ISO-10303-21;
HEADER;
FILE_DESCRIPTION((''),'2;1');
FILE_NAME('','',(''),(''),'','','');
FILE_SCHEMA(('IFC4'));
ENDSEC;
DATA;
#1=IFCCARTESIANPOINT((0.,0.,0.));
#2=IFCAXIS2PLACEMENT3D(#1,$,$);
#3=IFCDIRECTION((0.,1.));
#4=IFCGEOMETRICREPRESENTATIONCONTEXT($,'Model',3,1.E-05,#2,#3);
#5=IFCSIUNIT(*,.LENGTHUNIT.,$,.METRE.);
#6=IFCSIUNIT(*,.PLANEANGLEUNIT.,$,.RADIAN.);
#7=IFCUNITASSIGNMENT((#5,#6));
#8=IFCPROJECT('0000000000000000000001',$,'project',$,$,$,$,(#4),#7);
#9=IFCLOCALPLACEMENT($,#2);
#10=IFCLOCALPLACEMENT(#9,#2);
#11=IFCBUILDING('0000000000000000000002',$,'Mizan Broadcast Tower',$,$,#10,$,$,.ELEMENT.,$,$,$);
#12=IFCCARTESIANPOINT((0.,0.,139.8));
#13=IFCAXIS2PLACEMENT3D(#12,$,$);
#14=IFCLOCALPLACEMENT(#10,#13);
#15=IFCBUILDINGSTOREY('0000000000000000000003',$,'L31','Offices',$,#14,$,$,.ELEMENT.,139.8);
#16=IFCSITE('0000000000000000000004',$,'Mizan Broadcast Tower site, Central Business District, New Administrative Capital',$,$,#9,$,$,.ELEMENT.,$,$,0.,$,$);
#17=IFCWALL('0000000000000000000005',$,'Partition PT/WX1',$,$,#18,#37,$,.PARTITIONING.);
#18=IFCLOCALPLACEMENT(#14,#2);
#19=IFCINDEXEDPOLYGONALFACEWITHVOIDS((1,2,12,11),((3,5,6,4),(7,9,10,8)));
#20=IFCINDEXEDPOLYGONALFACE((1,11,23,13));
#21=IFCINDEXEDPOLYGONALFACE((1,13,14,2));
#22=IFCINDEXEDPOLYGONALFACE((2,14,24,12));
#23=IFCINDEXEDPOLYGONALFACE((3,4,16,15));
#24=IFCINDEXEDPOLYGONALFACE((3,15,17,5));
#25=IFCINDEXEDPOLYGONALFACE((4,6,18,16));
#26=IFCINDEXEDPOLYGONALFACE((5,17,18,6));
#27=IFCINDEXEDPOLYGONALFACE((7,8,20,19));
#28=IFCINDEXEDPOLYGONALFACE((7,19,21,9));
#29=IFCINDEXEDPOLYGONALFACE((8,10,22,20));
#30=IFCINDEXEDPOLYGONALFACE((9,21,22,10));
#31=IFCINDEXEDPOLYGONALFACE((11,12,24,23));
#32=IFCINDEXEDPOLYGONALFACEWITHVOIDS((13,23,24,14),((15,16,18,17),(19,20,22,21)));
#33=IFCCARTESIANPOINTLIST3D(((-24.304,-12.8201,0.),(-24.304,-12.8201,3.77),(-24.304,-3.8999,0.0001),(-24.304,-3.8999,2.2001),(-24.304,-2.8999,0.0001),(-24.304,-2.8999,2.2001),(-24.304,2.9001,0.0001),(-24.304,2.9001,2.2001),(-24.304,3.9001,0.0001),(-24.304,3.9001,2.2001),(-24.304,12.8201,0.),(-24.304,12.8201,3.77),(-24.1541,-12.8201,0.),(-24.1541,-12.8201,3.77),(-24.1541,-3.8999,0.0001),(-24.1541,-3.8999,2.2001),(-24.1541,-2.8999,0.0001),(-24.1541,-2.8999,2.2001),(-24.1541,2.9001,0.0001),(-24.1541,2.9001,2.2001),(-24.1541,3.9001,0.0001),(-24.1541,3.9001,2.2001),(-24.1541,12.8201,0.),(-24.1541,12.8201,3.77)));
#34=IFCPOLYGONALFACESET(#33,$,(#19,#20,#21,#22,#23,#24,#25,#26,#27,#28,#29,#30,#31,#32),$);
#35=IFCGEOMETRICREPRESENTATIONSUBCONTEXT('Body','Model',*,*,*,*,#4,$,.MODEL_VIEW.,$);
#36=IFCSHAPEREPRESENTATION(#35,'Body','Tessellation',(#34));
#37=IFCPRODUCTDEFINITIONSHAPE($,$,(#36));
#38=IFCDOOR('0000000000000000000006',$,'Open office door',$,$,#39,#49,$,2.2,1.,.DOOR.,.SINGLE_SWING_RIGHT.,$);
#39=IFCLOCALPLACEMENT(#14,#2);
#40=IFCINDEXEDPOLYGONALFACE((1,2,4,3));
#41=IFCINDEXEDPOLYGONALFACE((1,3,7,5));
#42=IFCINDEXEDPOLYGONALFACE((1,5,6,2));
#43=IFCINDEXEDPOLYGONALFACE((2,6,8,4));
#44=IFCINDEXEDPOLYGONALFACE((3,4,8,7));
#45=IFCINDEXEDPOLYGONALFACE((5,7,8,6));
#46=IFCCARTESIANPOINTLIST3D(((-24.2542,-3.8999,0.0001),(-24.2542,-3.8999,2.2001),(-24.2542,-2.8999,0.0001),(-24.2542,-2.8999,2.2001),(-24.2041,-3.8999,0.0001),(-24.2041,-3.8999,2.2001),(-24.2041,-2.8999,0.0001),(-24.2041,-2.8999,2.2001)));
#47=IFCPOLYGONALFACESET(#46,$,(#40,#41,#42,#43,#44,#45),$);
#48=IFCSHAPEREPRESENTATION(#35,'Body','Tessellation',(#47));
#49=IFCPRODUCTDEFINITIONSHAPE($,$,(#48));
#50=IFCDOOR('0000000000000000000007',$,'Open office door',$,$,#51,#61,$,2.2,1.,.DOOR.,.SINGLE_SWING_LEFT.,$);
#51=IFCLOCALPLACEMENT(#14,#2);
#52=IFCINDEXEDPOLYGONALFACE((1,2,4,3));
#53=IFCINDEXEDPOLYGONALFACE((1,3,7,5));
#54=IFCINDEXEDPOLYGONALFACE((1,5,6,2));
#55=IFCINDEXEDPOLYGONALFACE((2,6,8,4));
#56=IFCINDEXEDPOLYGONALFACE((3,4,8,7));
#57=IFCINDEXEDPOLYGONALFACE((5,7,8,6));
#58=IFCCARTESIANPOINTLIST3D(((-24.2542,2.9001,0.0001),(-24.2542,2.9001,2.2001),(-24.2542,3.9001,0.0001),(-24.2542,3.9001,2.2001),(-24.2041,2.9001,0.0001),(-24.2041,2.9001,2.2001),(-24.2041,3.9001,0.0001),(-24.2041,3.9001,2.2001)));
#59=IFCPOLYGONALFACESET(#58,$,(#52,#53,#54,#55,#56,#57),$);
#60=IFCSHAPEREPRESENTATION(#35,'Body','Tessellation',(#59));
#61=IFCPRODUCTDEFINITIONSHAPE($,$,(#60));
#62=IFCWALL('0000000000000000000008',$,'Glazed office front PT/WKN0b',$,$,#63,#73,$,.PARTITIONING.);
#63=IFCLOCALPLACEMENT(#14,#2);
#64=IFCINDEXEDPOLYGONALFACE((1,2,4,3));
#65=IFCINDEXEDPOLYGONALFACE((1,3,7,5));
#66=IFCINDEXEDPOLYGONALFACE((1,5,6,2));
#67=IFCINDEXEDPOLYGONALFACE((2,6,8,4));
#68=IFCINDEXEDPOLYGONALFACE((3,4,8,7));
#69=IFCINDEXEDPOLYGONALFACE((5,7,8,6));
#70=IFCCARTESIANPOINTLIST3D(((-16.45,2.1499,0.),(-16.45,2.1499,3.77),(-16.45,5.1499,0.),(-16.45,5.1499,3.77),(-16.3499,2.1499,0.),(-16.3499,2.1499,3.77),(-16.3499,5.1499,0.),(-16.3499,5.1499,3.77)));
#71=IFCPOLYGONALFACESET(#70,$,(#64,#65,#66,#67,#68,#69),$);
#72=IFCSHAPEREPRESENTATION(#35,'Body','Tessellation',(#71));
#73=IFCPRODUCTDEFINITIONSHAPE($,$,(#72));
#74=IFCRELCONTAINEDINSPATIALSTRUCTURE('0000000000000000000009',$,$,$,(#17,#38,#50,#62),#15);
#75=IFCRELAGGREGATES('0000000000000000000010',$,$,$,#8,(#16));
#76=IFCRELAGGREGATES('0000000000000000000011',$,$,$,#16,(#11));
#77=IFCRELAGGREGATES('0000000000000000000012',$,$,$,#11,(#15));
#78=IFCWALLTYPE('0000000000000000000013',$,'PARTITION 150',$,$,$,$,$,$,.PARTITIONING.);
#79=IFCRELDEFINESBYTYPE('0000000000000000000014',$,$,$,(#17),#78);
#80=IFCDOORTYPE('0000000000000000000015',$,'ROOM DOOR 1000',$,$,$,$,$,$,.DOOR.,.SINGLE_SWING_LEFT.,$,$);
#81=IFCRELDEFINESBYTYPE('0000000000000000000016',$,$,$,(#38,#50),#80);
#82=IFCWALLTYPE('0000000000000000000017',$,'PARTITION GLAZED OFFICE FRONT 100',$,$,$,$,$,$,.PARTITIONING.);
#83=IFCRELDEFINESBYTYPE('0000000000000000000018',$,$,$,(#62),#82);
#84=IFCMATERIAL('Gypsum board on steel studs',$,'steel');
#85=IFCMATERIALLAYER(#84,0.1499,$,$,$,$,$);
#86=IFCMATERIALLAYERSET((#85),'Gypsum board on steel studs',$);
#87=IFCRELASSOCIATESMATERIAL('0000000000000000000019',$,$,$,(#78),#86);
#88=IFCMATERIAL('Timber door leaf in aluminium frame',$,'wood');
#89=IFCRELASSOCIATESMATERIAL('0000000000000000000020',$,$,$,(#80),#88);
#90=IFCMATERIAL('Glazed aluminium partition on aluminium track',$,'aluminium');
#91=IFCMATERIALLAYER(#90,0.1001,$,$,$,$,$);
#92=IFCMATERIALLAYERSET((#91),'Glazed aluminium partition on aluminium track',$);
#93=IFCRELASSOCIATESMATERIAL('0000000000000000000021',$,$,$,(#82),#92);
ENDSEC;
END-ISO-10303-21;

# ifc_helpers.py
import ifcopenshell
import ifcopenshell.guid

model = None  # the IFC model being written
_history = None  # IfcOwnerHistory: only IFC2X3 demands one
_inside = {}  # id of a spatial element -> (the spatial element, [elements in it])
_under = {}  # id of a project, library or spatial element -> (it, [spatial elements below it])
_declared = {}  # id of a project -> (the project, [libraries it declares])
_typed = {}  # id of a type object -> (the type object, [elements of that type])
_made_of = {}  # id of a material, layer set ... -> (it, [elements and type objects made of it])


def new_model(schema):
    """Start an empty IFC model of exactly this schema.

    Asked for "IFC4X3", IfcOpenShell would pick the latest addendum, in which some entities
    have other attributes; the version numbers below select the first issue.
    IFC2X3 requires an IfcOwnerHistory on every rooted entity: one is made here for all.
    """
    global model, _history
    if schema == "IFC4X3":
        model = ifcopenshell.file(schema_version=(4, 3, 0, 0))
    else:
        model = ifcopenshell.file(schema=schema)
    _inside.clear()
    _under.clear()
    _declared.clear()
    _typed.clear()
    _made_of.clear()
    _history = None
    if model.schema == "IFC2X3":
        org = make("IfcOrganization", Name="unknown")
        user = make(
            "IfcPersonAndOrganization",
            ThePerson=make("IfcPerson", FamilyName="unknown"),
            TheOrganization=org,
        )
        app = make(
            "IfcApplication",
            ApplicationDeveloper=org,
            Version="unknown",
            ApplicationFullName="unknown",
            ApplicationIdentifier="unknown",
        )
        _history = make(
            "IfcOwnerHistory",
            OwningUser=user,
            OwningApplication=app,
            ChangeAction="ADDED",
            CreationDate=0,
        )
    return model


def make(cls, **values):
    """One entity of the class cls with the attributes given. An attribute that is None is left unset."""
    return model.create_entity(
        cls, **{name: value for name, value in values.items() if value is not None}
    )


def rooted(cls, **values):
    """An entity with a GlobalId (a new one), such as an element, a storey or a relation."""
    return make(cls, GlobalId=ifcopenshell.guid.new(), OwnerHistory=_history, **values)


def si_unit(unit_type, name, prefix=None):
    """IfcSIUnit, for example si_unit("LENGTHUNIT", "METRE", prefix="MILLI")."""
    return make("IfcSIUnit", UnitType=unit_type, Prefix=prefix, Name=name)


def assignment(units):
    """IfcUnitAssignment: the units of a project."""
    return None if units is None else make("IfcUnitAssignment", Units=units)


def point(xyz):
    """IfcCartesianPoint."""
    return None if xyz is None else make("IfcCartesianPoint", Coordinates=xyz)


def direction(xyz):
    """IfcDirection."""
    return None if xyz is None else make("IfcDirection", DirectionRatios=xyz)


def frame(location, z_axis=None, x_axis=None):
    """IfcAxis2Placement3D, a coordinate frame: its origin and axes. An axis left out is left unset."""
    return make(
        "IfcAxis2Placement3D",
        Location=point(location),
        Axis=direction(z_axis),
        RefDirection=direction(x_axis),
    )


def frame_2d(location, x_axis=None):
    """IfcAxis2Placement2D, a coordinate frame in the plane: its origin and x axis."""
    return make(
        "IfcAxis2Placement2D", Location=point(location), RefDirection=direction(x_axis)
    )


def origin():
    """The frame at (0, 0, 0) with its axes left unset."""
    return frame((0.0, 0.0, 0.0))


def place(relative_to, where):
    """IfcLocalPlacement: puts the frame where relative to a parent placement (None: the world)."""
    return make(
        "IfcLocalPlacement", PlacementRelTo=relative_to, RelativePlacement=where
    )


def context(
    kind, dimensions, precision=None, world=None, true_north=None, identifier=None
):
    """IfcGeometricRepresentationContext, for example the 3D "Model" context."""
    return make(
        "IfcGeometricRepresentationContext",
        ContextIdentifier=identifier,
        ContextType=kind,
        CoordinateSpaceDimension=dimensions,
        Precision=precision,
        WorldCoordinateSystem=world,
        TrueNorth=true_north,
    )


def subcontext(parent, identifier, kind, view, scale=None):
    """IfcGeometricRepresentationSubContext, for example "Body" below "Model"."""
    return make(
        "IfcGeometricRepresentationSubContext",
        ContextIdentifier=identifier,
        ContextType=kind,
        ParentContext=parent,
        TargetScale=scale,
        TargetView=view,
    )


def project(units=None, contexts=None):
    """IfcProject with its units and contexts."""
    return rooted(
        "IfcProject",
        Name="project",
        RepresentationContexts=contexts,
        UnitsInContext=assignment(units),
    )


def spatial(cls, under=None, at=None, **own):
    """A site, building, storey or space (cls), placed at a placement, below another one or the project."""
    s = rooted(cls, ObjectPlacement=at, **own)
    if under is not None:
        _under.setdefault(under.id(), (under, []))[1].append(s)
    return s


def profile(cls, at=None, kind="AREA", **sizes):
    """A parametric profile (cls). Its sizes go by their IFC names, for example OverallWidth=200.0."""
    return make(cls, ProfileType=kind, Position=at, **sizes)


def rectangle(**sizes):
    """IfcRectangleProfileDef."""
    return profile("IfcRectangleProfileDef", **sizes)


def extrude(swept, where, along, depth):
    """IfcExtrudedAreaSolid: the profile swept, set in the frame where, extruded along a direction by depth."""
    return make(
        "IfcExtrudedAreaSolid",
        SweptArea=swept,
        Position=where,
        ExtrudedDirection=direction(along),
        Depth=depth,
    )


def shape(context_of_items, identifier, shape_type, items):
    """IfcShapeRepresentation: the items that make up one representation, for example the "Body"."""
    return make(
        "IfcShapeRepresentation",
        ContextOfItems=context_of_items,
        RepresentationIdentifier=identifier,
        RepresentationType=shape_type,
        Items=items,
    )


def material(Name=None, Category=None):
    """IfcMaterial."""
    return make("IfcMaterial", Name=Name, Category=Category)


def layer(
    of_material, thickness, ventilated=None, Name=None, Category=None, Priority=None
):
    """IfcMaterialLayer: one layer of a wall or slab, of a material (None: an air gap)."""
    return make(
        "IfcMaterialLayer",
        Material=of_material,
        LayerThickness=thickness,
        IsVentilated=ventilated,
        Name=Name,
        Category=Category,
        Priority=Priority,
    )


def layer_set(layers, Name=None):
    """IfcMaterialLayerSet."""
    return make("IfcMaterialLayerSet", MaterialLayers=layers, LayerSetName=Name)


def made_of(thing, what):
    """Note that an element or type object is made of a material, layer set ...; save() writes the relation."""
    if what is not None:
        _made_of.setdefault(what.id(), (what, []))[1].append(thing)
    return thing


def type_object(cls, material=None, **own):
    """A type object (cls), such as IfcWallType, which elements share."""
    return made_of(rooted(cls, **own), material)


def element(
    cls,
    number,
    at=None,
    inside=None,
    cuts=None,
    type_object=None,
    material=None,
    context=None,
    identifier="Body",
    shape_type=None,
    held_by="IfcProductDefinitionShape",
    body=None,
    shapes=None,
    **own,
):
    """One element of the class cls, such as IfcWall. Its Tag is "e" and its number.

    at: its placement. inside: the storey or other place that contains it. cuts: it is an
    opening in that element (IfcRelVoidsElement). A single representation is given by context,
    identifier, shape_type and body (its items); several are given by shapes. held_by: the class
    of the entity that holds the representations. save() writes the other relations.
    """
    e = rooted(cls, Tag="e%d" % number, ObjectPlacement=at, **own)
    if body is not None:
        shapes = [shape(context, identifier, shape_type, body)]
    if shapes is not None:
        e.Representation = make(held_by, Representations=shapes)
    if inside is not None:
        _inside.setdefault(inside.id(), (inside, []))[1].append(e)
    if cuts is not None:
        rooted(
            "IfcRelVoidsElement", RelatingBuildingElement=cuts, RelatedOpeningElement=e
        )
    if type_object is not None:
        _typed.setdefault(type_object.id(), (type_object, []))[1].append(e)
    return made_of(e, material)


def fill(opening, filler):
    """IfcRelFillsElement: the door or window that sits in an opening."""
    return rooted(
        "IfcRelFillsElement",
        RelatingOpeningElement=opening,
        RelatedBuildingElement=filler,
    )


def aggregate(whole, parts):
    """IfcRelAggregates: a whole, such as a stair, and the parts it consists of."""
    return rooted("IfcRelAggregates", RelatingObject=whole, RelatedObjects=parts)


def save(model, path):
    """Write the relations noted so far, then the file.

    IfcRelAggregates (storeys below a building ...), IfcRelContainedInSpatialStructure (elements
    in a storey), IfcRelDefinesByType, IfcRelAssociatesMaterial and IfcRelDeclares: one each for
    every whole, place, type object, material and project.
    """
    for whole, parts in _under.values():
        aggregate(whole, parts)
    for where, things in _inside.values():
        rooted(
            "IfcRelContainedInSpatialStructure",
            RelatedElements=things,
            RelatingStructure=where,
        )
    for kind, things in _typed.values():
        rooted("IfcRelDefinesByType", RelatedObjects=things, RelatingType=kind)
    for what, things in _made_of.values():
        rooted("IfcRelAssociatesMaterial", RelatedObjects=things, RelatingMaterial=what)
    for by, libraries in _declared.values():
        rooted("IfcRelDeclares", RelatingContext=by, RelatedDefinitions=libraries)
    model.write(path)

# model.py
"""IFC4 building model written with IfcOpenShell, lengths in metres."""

from ifc_helpers import new_model, si_unit, direction, frame, frame_2d, origin, place, context, subcontext, project, spatial, rectangle, extrude, material, layer, layer_set, type_object, element, fill, save


model = new_model("IFC4")

# Units and contexts
model_context = context("Model", 3, precision=1e-05, world=origin(), true_north=direction((0.0, 1.0)))
body_context = subcontext(model_context, "Body", "Model", "MODEL_VIEW")
ifc_project = project(units=[si_unit("LENGTHUNIT", "METRE"), si_unit("PLANEANGLEUNIT", "RADIAN")], contexts=[model_context])

# Site, building, storey
site_placement = place(None, origin())
site = spatial("IfcSite", under=ifc_project, at=site_placement, Name="Mizan Broadcast Tower site, Central Business District, New Administrative Capital", CompositionType="ELEMENT", RefElevation=0.0)
building_placement = place(site_placement, origin())
building = spatial("IfcBuilding", under=site, at=building_placement, Name="Mizan Broadcast Tower", CompositionType="ELEMENT")
storey_placement = place(building_placement, frame((0.0, 0.0, 139.8)))
storey = spatial("IfcBuildingStorey", under=building, at=storey_placement, Name="L31", Description="Offices", CompositionType="ELEMENT", Elevation=139.8)

# Wall, openings, doors
ifc_material_1 = material(Name="Gypsum board on steel studs", Category="steel")
ifc_layer_1 = layer(ifc_material_1, 0.1499)
ifc_layer_set_1 = layer_set([ifc_layer_1], Name="Gypsum board on steel studs")
wall_type_1 = type_object("IfcWallType", Name="PARTITION 150", PredefinedType="PARTITIONING", material=ifc_layer_set_1)
wall_1_placement = place(storey_placement, frame((-24.229, 12.8201, 0.0), z_axis=(0.0, 0.0, 1.0), x_axis=(0.0, -1.0, 0.0)))
wall_1 = element("IfcWall", 1, at=wall_1_placement, inside=storey, type_object=wall_type_1, Name="Partition PT/WX1", PredefinedType="PARTITIONING", context=body_context, shape_type="SweptSolid", body=[
    extrude(rectangle(XDim=25.6401, YDim=0.1499, at=frame_2d((12.8201, 0.0))), origin(), (0.0, 0.0, 1.0), 3.77),
])
opening_1_placement = place(wall_1_placement, frame((15.72, 0.0, 0.0)))
opening_1 = element("IfcOpeningElement", 2, at=opening_1_placement, cuts=wall_1, PredefinedType="OPENING", context=body_context, shape_type="SweptSolid", body=[
    extrude(rectangle(XDim=1.0, YDim=2.2, at=frame_2d((0.5, 1.1001))), frame((0.0, 0.085, 0.0), z_axis=(0.0, -1.0, 0.0), x_axis=(1.0, 0.0, 0.0)), (0.0, 0.0, 1.0), 0.1699),
])
opening_2_placement = place(wall_1_placement, frame((8.9199, 0.0, 0.0)))
opening_2 = element("IfcOpeningElement", 3, at=opening_2_placement, cuts=wall_1, PredefinedType="OPENING", context=body_context, shape_type="SweptSolid", body=[
    extrude(rectangle(XDim=1.0, YDim=2.2, at=frame_2d((0.5, 1.1001))), frame((0.0, 0.085, 0.0), z_axis=(0.0, -1.0, 0.0), x_axis=(1.0, 0.0, 0.0)), (0.0, 0.0, 1.0), 0.1699),
])
ifc_material_2 = material(Name="Timber door leaf in aluminium frame", Category="wood")
door_type = type_object("IfcDoorType", Name="ROOM DOOR 1000", OperationType="SINGLE_SWING_LEFT", PredefinedType="DOOR", material=ifc_material_2)
door_1_placement = place(opening_1_placement, origin())
door_1 = element("IfcDoor", 4, at=door_1_placement, inside=storey, type_object=door_type, Name="Open office door", OperationType="SINGLE_SWING_RIGHT", OverallHeight=2.2, OverallWidth=1.0, PredefinedType="DOOR", context=body_context, shape_type="SweptSolid", body=[
    extrude(rectangle(XDim=1.0, YDim=2.2, at=frame_2d((0.5, 1.1001))), frame((0.0, 0.0249, 0.0), z_axis=(0.0, -1.0, 0.0), x_axis=(1.0, 0.0, 0.0)), (0.0, 0.0, 1.0), 0.05),
])
fill(opening_1, door_1)
door_2_placement = place(opening_2_placement, origin())
door_2 = element("IfcDoor", 5, at=door_2_placement, inside=storey, type_object=door_type, Name="Open office door", OperationType="SINGLE_SWING_LEFT", OverallHeight=2.2, OverallWidth=1.0, PredefinedType="DOOR", context=body_context, shape_type="SweptSolid", body=[
    extrude(rectangle(XDim=1.0, YDim=2.2, at=frame_2d((0.5, 1.1001))), frame((0.0, 0.0249, 0.0), z_axis=(0.0, -1.0, 0.0), x_axis=(1.0, 0.0, 0.0)), (0.0, 0.0, 1.0), 0.05),
])
fill(opening_2, door_2)

# Wall
ifc_material_3 = material(Name="Glazed aluminium partition on aluminium track", Category="aluminium")
ifc_layer_2 = layer(ifc_material_3, 0.1001)
ifc_layer_set_2 = layer_set([ifc_layer_2], Name="Glazed aluminium partition on aluminium track")
wall_type_2 = type_object("IfcWallType", Name="PARTITION GLAZED OFFICE FRONT 100", PredefinedType="PARTITIONING", material=ifc_layer_set_2)
wall_2_placement = place(storey_placement, frame((-16.3999, 2.1499, 0.0), z_axis=(0.0, 0.0, 1.0), x_axis=(0.0, 1.0, 0.0)))
element("IfcWall", 6, at=wall_2_placement, inside=storey, type_object=wall_type_2, Name="Glazed office front PT/WKN0b", PredefinedType="PARTITIONING", context=body_context, shape_type="SweptSolid", body=[
    extrude(rectangle(XDim=3.0, YDim=0.1001, at=frame_2d((1.5, 0.0))), origin(), (0.0, 0.0, 1.0), 3.77),
])

save(model, "model.ifc")
